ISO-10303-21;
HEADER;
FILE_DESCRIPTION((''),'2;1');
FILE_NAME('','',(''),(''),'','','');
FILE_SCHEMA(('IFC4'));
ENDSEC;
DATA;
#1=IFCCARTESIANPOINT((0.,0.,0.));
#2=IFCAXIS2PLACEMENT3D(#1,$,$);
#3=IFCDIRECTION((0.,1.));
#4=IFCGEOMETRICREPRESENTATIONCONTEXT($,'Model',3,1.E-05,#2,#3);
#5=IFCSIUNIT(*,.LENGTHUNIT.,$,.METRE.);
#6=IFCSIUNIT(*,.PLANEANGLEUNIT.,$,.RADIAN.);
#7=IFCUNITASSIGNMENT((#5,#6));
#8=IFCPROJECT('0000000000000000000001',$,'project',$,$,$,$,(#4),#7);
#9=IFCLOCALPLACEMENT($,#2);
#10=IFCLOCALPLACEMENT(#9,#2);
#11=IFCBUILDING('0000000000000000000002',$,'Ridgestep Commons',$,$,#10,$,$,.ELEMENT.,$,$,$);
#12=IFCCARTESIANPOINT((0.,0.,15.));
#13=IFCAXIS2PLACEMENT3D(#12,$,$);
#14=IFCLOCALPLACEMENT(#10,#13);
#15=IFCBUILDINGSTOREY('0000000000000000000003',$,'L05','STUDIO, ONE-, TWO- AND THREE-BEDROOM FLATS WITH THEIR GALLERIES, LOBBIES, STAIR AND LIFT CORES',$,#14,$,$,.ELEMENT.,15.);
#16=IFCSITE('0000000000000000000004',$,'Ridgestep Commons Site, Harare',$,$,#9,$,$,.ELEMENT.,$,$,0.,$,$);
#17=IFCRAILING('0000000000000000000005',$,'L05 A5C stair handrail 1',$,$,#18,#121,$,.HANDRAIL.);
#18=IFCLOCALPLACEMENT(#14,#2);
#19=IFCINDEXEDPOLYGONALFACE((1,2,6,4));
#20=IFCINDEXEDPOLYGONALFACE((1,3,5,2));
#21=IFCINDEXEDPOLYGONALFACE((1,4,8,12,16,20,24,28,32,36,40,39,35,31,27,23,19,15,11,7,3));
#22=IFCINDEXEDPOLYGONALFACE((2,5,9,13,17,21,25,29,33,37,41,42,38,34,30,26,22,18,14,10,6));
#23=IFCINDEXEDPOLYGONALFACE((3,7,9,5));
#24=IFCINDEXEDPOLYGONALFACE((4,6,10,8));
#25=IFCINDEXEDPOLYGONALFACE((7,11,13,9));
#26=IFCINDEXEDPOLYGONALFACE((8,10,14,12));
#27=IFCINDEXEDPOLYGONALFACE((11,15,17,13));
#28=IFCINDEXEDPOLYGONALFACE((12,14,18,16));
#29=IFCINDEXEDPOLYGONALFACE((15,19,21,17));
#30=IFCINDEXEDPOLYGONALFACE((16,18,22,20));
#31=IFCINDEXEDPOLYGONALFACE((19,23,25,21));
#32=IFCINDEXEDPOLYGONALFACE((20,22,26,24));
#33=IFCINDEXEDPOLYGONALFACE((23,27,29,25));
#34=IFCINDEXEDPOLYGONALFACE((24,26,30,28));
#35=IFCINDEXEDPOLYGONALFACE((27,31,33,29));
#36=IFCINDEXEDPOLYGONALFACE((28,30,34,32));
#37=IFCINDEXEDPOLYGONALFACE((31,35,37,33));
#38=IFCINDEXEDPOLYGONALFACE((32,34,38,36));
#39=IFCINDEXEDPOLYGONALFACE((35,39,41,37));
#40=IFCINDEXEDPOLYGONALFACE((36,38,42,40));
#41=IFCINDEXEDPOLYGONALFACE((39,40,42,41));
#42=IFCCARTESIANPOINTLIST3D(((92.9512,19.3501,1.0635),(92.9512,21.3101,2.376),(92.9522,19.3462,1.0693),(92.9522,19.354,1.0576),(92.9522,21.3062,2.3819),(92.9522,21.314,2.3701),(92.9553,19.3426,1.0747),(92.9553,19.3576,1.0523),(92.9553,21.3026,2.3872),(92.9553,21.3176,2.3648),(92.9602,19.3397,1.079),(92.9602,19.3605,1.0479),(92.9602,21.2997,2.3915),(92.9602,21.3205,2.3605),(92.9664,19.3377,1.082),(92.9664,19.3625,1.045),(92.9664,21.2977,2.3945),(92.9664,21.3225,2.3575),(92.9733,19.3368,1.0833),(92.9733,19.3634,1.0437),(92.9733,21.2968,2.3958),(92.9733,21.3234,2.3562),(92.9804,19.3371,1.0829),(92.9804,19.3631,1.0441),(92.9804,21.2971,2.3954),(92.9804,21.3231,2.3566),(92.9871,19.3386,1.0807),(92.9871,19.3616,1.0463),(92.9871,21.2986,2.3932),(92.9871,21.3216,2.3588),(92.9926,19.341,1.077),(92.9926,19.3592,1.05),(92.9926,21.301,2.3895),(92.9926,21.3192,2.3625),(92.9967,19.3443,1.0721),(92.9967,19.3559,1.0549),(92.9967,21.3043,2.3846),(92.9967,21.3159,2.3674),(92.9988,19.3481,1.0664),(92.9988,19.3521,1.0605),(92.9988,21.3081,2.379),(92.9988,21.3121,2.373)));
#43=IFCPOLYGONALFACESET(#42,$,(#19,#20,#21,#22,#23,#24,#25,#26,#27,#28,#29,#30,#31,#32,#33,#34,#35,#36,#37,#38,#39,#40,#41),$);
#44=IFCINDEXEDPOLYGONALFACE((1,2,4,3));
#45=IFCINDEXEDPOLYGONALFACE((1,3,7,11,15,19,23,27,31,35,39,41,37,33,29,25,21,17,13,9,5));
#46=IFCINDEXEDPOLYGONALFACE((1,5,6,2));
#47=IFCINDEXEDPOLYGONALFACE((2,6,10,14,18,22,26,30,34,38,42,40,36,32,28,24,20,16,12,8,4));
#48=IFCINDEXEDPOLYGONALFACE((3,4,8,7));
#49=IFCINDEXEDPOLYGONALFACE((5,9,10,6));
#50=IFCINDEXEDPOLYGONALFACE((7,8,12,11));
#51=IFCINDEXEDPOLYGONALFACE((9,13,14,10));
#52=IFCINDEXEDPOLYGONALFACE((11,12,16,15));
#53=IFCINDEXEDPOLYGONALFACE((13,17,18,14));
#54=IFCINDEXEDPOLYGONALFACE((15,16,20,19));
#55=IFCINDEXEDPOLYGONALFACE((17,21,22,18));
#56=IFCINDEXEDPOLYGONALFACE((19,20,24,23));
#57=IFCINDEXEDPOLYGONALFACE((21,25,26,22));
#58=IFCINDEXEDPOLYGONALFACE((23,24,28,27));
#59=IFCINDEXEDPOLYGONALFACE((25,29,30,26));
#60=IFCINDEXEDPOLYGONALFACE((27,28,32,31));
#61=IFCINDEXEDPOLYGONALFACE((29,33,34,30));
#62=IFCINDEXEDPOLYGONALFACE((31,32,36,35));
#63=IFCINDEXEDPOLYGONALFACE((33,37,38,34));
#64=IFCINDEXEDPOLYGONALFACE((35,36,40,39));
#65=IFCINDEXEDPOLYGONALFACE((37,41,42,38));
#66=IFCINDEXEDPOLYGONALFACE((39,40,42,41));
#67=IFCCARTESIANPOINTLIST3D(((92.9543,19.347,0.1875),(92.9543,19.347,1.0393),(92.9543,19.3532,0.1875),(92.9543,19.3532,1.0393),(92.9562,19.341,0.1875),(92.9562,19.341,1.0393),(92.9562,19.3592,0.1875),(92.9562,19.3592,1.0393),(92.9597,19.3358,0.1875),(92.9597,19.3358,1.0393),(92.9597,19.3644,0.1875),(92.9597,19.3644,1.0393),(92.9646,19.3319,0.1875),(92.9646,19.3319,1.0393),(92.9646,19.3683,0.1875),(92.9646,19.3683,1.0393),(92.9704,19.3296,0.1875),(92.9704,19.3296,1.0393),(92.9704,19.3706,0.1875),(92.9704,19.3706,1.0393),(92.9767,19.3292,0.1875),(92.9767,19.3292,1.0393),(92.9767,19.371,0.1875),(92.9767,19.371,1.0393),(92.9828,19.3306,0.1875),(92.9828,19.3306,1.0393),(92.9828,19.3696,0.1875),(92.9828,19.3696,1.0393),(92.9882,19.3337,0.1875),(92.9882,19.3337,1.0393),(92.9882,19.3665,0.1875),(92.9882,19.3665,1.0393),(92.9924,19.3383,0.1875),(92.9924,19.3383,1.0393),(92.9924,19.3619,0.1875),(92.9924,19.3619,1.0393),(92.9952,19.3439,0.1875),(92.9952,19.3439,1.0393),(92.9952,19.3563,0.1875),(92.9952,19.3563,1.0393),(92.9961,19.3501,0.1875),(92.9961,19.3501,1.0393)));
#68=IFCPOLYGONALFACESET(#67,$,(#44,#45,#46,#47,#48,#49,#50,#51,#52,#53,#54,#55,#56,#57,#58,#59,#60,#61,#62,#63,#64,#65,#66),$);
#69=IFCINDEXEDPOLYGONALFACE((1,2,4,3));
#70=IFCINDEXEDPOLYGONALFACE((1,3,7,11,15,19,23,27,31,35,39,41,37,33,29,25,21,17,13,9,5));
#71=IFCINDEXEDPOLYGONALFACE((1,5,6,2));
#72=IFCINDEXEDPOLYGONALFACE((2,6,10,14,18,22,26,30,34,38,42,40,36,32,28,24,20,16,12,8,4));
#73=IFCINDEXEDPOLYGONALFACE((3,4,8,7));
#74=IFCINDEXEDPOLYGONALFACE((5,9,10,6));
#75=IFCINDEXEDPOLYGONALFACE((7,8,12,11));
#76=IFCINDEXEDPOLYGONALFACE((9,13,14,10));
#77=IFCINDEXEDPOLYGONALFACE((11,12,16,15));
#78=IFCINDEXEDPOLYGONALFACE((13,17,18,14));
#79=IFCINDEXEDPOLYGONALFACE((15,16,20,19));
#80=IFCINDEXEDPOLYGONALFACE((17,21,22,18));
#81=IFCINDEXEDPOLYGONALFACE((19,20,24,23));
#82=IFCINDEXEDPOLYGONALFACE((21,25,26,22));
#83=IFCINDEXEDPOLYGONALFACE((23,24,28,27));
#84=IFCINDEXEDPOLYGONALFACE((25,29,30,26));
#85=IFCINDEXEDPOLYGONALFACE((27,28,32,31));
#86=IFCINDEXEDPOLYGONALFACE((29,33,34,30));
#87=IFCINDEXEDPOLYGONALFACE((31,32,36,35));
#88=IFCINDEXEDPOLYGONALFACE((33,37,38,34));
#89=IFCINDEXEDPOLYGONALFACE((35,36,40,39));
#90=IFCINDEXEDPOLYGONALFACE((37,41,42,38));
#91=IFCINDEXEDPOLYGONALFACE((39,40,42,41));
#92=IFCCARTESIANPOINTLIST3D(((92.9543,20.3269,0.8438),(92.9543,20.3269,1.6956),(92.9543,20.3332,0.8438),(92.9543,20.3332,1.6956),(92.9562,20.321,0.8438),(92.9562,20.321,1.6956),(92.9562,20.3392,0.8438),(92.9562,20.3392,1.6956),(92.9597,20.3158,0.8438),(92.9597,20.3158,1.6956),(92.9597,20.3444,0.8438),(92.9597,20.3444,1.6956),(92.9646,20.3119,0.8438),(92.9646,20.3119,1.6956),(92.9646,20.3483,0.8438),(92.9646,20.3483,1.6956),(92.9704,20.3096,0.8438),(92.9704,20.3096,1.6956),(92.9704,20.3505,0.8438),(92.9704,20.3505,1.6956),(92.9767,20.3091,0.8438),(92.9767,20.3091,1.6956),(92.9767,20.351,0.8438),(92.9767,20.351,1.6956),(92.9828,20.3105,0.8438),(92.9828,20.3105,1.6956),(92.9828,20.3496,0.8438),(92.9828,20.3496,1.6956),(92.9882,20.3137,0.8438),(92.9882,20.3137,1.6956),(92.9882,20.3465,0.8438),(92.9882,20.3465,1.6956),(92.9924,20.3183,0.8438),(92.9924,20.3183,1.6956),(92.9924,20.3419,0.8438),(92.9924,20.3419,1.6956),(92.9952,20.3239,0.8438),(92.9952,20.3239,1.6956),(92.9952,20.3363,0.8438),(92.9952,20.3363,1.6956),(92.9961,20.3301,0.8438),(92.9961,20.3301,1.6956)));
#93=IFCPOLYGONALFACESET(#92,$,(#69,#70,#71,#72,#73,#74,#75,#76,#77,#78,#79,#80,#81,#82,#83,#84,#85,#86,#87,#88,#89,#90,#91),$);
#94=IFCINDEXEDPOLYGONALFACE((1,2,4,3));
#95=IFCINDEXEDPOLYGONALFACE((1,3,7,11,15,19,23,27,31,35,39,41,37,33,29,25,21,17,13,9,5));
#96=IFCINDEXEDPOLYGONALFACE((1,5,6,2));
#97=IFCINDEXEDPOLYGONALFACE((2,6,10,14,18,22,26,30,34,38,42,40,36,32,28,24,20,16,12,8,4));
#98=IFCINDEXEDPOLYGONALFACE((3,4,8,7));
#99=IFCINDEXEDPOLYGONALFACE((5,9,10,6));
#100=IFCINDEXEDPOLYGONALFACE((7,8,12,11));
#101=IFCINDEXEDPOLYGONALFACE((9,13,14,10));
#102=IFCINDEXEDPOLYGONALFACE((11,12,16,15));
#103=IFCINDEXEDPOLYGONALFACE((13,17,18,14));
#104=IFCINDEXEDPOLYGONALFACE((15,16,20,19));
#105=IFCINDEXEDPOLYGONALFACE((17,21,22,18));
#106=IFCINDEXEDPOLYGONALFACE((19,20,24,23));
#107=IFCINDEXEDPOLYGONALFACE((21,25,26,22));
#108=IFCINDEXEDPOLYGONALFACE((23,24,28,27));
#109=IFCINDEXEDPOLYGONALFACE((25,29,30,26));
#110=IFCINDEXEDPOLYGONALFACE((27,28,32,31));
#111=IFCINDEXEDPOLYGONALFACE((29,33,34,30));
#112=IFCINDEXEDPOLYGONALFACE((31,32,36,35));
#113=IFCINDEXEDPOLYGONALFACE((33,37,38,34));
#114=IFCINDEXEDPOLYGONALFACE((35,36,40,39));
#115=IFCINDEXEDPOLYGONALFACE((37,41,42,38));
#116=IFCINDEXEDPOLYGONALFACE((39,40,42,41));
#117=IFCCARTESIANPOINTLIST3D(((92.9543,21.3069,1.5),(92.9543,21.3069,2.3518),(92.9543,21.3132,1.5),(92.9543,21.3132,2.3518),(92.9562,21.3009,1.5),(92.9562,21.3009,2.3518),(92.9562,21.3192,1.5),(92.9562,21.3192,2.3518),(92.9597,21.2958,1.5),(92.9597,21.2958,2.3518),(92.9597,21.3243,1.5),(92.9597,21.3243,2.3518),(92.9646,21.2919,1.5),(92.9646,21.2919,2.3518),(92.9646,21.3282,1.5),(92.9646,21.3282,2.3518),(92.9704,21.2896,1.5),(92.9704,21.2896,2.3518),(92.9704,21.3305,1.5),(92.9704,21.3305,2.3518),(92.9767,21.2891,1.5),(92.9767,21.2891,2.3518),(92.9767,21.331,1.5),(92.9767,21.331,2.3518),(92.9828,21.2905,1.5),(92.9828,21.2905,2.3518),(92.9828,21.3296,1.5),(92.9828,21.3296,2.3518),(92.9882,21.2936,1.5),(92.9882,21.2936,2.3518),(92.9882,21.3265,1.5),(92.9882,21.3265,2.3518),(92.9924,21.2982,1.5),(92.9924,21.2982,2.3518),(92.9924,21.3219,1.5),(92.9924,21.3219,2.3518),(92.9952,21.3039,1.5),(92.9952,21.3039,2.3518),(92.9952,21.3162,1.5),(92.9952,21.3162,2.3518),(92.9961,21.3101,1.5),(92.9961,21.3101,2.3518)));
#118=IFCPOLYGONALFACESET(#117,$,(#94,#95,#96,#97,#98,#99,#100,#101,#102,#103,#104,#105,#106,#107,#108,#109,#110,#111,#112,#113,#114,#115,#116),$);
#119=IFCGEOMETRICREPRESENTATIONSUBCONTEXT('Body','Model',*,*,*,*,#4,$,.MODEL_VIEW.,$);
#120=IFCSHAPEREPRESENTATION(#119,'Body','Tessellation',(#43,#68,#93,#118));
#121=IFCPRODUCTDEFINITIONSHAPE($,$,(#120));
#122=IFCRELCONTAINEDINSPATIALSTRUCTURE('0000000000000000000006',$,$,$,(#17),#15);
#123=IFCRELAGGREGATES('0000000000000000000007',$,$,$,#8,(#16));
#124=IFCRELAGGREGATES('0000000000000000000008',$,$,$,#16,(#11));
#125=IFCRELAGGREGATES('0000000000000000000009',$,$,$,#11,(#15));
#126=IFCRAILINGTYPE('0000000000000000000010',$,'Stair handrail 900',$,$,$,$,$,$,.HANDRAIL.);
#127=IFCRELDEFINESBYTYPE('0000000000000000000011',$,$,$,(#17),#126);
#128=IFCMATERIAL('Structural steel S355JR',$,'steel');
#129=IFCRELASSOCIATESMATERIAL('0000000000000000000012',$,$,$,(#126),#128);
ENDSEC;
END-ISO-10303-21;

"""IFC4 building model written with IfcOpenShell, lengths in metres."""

from ifc_helpers import new_model, si_unit, direction, frame, origin, origin_2d, place, context, subcontext, project, spatial, circle, extrude, material, type_object, element, save


model = new_model("IFC4")

# Units and contexts
model_context = context("Model", 3, precision=1e-05, world=origin(), true_north=direction((0.0, 1.0)))
body_context = subcontext(model_context, "Body", "Model", "MODEL_VIEW")
ifc_project = project(units=[si_unit("LENGTHUNIT", "METRE"), si_unit("PLANEANGLEUNIT", "RADIAN")], contexts=[model_context])

# Site, building, storey
site_placement = place(None, origin())
site = spatial("IfcSite", under=ifc_project, at=site_placement, Name="Ridgestep Commons Site, Harare", CompositionType="ELEMENT", RefElevation=0.0)
building_placement = place(site_placement, origin())
building = spatial("IfcBuilding", under=site, at=building_placement, Name="Ridgestep Commons", CompositionType="ELEMENT")
storey_placement = place(building_placement, frame((0.0, 0.0, 15.0)))
storey = spatial("IfcBuildingStorey", under=building, at=storey_placement, Name="L05", Description="STUDIO, ONE-, TWO- AND THREE-BEDROOM FLATS WITH THEIR GALLERIES, LOBBIES, STAIR AND LIFT CORES", CompositionType="ELEMENT", Elevation=15.0)

# Railing
ifc_material_1 = material(Name="Structural steel S355JR", Category="steel")
railing_type_1 = type_object("IfcRailingType", Name="Stair handrail 900", PredefinedType="HANDRAIL", material=ifc_material_1)
railing_1_placement = place(storey_placement, frame((92.9751, 19.3501, 0.1875)))
element("IfcRailing", 1, at=railing_1_placement, inside=storey, type_object=railing_type_1, Name="L05 A5C stair handrail 1", PredefinedType="HANDRAIL", context=body_context, shape_type="SweptSolid", body=[
    extrude(circle(Radius=0.0239, at=origin_2d()), frame((0.0, 0.0, 0.876), z_axis=(0.0, 0.830902, 0.556419), x_axis=(-1.0, 0.0, 0.0)), (0.0, 0.0, 1.0), 2.3589),
    extrude(circle(Radius=0.021, at=origin_2d()), origin(), (0.0, 0.0, 1.0), 0.8518),
    extrude(circle(Radius=0.021, at=origin_2d()), frame((0.0, 0.98, 0.6562)), (0.0, 0.0, 1.0), 0.8518),
    extrude(circle(Radius=0.021, at=origin_2d()), frame((0.0, 1.96, 1.3125)), (0.0, 0.0, 1.0), 0.8518),
])

save(model, "model.ifc")
